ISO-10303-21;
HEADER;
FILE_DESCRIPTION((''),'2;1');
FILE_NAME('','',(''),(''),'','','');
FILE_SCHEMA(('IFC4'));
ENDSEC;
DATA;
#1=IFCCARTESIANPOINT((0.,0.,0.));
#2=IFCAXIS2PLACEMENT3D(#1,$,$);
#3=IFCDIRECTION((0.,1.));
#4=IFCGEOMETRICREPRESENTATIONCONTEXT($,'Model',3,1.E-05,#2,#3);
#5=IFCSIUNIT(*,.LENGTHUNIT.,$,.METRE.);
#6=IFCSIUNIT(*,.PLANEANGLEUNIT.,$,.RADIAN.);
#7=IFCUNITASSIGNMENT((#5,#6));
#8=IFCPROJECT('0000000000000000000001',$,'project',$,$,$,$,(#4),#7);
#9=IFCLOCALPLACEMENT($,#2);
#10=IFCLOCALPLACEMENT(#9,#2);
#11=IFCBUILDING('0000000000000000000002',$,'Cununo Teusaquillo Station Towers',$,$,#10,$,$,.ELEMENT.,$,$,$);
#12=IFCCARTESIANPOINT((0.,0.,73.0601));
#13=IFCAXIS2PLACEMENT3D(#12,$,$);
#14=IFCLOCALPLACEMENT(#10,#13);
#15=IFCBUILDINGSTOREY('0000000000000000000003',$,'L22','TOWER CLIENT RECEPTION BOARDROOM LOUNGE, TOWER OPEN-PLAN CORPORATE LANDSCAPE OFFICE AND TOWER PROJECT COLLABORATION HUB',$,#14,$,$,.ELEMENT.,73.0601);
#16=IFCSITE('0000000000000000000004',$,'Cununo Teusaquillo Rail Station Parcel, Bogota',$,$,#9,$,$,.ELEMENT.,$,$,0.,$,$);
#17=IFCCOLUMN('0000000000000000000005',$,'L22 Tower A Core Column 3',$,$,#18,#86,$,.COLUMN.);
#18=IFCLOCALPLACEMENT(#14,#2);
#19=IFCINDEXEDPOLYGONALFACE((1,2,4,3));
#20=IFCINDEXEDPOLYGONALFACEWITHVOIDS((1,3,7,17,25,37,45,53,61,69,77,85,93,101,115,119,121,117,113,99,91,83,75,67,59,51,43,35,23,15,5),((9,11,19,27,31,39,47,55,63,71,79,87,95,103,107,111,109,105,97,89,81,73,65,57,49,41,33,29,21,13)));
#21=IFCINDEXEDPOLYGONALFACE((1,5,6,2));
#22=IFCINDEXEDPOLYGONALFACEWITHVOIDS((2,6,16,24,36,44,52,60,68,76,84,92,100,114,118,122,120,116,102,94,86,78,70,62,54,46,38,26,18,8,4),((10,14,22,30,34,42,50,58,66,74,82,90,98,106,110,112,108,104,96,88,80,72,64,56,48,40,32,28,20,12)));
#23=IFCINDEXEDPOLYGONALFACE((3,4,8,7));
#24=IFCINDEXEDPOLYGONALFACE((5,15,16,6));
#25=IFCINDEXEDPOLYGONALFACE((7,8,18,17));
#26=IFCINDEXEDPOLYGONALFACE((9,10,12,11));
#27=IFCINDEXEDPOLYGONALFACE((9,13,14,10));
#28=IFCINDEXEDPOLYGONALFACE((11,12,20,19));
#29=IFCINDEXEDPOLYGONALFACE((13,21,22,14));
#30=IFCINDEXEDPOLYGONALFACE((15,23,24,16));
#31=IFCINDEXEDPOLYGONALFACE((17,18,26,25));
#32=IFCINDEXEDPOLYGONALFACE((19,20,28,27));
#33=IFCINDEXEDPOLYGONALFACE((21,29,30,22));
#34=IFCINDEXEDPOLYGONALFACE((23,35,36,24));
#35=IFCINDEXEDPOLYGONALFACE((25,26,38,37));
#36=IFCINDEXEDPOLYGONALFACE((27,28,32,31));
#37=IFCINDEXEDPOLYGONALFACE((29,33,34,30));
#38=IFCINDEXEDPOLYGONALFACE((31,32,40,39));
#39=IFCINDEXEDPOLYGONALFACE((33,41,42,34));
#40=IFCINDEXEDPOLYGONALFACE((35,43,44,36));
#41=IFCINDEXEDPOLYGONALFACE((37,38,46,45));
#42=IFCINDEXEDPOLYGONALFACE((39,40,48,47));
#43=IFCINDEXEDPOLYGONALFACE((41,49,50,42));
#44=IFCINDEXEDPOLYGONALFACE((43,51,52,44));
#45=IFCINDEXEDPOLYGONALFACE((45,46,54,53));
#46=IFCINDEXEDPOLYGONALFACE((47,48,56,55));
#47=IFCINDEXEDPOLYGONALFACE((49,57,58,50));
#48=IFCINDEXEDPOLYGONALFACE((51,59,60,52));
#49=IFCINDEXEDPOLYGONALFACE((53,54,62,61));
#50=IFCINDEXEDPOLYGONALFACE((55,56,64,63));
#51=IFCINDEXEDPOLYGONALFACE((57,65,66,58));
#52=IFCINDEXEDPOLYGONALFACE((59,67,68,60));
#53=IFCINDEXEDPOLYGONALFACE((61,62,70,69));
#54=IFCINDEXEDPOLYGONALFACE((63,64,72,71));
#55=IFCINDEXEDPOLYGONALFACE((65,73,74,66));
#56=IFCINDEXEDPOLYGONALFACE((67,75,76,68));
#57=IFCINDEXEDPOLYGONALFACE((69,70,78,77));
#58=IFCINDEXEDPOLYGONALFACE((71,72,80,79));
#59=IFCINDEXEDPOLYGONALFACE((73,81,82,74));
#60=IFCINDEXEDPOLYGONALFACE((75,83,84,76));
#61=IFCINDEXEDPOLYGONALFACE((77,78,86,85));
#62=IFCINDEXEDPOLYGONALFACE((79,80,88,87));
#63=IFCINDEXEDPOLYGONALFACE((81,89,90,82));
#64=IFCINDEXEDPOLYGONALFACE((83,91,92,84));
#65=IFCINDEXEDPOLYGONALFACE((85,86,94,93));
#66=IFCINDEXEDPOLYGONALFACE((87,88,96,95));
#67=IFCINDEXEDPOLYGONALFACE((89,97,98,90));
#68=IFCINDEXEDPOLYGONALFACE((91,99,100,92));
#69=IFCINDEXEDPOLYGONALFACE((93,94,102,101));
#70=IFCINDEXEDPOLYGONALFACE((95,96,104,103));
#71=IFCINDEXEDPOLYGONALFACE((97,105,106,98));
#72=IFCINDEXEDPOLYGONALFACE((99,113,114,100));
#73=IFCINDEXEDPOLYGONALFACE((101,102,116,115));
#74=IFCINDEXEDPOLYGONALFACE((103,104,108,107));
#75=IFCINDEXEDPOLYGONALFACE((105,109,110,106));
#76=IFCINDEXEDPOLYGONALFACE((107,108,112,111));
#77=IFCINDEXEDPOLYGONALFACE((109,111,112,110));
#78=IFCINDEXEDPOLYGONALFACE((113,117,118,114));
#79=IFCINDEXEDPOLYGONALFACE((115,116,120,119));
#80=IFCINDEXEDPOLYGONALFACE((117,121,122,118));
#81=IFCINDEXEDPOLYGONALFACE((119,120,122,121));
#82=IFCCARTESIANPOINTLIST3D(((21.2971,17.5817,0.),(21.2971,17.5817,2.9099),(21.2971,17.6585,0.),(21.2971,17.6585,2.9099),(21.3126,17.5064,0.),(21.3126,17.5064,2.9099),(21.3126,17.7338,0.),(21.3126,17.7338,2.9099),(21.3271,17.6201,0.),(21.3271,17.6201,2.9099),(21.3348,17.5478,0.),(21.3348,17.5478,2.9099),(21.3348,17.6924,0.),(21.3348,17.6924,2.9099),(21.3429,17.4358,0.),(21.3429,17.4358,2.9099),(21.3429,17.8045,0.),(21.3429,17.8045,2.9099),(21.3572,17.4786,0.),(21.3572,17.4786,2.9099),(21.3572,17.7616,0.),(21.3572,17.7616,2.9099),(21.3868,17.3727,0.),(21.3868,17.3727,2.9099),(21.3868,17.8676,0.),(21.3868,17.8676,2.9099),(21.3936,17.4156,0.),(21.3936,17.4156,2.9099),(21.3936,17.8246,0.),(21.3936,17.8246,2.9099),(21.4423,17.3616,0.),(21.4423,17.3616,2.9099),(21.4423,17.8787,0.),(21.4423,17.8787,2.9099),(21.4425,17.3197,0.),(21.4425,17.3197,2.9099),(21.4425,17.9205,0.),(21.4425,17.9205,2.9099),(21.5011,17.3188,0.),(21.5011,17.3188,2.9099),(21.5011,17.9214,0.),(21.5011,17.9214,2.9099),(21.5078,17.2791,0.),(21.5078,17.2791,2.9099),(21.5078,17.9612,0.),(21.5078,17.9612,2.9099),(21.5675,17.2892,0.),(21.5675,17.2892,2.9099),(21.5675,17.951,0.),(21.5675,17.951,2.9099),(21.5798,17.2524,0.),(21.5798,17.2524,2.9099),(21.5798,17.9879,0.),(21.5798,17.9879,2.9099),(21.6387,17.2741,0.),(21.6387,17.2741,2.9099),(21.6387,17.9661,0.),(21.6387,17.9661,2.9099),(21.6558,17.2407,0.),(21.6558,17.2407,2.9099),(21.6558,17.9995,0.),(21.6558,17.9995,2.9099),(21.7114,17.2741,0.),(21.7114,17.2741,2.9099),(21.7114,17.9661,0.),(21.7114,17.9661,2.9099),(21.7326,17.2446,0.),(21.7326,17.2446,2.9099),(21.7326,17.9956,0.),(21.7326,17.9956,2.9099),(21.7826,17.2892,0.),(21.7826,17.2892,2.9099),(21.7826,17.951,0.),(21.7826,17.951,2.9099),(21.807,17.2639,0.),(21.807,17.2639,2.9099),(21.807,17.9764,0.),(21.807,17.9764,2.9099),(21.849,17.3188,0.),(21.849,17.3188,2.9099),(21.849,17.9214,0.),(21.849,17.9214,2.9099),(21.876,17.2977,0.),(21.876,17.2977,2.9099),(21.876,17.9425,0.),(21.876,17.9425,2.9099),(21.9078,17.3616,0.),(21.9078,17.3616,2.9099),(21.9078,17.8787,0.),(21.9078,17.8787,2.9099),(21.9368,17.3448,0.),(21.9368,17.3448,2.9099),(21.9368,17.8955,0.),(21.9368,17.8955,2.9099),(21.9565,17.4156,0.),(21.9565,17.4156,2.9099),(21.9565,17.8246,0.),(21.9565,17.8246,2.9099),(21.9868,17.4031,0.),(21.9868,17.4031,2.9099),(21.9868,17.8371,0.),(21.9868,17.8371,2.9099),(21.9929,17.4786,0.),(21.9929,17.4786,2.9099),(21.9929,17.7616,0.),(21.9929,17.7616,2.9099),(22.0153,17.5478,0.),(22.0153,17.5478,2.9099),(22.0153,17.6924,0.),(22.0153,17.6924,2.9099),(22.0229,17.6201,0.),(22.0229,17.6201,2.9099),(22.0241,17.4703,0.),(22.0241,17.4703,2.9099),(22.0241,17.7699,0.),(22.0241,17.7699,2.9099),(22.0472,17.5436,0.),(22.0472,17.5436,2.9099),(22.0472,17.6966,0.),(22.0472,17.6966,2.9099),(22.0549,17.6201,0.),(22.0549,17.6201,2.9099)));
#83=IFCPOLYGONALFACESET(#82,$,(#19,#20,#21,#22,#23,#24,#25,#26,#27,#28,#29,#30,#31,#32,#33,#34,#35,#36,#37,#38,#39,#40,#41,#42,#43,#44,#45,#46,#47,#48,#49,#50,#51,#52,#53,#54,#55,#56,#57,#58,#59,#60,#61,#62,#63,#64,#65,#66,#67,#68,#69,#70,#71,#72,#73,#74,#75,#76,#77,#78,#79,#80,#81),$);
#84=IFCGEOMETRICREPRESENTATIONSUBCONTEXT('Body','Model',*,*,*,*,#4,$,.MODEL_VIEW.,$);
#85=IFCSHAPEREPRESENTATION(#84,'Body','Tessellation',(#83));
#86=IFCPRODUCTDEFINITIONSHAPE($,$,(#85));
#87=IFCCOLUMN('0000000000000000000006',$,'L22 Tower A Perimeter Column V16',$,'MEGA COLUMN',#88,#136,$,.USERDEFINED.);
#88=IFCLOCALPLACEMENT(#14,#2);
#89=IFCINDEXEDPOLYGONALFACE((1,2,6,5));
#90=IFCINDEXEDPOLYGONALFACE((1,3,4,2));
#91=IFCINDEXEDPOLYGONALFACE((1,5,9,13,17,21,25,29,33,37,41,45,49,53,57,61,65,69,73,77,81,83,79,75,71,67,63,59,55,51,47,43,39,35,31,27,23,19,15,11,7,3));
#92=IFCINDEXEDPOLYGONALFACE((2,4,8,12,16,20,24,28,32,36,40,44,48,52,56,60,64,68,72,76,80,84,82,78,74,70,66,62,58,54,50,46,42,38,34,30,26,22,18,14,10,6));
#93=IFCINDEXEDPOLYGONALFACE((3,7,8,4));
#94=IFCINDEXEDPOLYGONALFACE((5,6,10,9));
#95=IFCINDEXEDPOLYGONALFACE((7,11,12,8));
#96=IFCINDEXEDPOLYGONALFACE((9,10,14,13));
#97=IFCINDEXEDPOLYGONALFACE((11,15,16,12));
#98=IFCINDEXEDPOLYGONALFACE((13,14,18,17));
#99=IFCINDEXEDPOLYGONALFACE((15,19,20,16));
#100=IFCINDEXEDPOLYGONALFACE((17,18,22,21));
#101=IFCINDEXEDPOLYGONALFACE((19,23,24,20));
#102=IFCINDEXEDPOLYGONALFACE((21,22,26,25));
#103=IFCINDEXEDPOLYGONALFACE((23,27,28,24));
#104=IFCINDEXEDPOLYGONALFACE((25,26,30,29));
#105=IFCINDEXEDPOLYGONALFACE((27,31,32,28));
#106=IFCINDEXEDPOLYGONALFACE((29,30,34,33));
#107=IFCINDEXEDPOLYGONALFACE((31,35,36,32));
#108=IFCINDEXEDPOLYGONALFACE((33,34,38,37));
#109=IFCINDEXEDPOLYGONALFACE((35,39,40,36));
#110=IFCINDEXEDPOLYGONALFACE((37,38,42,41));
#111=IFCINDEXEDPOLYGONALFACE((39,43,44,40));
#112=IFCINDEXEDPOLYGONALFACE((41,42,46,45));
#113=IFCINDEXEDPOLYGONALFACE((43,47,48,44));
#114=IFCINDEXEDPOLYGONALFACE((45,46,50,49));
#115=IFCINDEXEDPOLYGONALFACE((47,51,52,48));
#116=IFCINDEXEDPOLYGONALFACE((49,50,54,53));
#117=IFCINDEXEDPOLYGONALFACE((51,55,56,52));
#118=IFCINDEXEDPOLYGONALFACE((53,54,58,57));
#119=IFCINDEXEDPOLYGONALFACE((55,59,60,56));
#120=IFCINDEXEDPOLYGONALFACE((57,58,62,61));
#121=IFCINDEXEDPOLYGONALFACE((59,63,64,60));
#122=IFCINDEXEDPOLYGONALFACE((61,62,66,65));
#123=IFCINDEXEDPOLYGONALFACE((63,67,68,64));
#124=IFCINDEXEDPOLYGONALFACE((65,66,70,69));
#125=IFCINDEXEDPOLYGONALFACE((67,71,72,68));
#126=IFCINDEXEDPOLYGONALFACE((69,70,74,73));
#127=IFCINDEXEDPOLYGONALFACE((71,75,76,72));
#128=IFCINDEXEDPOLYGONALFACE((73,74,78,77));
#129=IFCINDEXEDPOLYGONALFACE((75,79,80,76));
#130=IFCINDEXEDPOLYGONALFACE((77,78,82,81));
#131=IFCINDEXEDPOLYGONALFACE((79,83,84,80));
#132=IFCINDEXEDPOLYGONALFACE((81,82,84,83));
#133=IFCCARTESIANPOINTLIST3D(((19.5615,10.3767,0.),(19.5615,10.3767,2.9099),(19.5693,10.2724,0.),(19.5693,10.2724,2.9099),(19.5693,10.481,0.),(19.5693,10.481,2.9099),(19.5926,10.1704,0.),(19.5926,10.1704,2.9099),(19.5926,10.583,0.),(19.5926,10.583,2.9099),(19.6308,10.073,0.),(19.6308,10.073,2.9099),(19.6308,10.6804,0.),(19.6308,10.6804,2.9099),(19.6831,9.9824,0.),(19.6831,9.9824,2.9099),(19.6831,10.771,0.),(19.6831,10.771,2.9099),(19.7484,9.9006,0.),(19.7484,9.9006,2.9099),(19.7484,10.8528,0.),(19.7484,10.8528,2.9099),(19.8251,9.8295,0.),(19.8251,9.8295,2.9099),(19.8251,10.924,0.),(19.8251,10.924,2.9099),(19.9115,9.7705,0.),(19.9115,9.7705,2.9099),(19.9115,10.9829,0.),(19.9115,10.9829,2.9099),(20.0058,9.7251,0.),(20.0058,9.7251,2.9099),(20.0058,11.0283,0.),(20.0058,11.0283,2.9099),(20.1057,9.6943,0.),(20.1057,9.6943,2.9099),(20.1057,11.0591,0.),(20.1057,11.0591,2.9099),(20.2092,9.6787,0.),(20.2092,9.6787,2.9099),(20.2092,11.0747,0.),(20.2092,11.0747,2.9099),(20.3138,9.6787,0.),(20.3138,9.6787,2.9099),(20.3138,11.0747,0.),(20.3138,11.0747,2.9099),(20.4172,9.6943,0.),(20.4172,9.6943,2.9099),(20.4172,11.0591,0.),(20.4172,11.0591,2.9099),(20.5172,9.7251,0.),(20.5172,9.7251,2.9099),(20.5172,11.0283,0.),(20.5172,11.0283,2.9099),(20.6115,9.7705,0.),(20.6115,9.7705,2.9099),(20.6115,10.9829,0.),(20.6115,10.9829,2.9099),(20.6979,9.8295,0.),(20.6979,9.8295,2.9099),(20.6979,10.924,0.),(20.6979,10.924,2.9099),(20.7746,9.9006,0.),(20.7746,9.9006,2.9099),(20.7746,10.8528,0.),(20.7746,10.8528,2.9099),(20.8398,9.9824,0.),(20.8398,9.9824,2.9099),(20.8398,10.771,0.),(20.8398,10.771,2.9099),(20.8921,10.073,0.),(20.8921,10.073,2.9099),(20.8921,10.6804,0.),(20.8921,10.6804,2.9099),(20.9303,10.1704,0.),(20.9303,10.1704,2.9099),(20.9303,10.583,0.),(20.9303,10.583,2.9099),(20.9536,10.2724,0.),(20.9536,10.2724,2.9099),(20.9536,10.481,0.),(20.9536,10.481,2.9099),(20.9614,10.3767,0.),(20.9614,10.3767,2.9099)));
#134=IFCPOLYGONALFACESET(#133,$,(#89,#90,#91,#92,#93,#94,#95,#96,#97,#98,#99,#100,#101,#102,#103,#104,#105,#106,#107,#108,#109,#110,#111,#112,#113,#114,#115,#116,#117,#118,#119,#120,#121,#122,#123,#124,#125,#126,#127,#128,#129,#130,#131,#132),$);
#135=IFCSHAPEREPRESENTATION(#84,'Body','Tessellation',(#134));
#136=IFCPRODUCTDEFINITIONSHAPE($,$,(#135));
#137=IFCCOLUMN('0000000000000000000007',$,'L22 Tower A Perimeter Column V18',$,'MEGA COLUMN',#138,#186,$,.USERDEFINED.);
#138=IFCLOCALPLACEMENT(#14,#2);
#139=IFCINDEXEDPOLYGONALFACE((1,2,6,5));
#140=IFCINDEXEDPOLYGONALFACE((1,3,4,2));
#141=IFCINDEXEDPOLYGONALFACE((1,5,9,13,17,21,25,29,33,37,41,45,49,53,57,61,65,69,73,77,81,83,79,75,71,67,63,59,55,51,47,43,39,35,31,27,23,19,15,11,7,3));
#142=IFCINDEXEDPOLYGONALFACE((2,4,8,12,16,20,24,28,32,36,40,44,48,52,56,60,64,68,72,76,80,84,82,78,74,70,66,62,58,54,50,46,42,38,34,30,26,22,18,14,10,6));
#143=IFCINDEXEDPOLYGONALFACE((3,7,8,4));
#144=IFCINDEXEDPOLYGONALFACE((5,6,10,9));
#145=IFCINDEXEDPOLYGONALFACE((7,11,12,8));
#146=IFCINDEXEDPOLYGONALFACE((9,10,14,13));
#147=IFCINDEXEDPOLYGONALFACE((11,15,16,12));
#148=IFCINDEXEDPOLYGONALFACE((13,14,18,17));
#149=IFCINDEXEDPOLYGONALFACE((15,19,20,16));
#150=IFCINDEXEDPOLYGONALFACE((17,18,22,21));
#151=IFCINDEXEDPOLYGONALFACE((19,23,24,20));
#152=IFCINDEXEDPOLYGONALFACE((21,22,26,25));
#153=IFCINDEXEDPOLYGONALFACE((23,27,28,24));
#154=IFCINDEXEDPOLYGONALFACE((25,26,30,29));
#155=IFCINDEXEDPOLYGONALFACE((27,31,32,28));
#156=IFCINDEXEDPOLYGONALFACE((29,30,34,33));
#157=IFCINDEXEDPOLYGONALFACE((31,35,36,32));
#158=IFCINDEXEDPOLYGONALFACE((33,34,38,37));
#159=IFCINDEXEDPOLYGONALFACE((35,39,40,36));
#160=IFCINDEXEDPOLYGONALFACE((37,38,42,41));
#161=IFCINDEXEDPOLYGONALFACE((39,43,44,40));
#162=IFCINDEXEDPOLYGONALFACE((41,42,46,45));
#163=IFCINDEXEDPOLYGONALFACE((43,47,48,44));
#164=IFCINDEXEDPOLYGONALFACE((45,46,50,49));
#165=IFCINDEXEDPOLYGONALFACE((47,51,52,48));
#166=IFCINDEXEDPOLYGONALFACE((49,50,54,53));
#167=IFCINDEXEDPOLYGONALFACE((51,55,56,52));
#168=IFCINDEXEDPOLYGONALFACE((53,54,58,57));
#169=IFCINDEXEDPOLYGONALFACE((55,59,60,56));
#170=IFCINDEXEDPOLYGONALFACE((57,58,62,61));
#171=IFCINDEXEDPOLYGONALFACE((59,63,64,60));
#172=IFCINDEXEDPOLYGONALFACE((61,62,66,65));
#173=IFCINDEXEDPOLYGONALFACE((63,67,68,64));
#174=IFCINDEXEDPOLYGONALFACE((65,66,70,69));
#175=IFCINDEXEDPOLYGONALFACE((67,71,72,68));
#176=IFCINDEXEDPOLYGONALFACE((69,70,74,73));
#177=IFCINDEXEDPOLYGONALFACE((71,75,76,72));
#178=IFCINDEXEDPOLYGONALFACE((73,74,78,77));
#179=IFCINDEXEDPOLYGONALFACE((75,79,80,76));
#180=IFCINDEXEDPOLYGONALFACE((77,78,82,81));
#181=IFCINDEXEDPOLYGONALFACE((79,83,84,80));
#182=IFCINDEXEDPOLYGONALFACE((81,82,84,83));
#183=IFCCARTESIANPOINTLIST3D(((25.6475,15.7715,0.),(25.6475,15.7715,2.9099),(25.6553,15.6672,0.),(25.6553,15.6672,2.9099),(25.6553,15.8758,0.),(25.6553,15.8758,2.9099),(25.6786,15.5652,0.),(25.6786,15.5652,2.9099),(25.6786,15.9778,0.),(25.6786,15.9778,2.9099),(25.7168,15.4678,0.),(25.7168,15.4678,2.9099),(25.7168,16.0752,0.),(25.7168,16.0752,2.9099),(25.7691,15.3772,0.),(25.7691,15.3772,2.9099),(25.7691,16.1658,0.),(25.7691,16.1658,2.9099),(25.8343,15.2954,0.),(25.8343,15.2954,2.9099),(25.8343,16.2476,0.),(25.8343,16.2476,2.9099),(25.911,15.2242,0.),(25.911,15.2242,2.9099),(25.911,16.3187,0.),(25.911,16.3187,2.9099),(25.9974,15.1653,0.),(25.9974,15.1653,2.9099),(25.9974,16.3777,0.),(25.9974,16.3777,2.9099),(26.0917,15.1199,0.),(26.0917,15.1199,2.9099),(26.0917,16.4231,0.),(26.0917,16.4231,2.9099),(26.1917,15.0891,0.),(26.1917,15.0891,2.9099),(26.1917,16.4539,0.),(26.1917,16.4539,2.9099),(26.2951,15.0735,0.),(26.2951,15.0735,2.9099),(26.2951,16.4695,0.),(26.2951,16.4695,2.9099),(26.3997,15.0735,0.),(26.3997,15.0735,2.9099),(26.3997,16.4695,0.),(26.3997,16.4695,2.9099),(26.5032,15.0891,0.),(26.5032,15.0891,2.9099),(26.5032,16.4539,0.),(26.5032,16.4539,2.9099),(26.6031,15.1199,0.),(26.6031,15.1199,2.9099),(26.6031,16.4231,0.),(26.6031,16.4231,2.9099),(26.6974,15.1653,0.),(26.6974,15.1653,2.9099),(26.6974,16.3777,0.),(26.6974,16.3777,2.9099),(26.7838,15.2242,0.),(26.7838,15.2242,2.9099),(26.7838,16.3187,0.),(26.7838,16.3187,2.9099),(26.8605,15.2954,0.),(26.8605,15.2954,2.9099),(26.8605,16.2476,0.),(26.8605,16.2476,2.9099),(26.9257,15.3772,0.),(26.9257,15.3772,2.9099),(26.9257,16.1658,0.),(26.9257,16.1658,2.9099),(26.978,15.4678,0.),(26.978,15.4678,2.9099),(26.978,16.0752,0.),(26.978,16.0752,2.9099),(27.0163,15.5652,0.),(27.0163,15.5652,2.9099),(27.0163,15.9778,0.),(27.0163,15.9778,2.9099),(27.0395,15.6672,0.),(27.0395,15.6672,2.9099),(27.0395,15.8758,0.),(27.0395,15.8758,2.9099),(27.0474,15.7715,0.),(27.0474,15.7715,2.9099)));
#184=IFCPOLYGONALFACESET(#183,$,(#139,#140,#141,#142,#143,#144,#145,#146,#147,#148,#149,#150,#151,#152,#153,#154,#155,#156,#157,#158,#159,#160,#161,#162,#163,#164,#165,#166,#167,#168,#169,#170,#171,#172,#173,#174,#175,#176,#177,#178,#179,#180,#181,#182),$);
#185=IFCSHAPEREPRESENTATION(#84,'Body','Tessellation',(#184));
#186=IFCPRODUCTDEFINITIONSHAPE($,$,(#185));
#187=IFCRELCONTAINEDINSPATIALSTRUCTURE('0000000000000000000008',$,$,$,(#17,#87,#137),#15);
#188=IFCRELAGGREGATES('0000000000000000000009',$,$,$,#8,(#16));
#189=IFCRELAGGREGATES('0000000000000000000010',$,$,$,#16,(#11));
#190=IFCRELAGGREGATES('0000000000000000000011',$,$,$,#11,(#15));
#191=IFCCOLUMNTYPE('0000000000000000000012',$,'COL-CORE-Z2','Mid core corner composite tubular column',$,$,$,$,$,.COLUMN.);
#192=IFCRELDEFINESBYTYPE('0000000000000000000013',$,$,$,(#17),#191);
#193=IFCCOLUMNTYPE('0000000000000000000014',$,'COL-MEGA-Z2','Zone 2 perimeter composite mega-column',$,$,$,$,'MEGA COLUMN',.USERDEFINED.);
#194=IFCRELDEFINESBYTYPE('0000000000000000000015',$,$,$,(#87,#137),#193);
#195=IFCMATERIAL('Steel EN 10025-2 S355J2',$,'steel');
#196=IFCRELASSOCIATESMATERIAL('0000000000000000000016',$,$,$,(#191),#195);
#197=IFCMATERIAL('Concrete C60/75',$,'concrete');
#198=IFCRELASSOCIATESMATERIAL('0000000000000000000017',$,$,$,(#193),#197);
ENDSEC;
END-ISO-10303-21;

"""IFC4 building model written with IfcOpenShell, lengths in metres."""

from ifc_helpers import new_model, si_unit, direction, frame, origin, origin_2d, place, context, subcontext, project, spatial, circle, hollow_circle, extrude, material, material_profile, profile_set, type_object, element, save


model = new_model("IFC4")

# Units and contexts
model_context = context("Model", 3, precision=1e-05, world=origin(), true_north=direction((0.0, 1.0)))
body_context = subcontext(model_context, "Body", "Model", "MODEL_VIEW")
ifc_project = project(units=[si_unit("LENGTHUNIT", "METRE"), si_unit("PLANEANGLEUNIT", "RADIAN")], contexts=[model_context])

# Site, building, storey
site_placement = place(None, origin())
site = spatial("IfcSite", under=ifc_project, at=site_placement, Name="Cununo Teusaquillo Rail Station Parcel, Bogota", CompositionType="ELEMENT", RefElevation=0.0)
building_placement = place(site_placement, origin())
building = spatial("IfcBuilding", under=site, at=building_placement, Name="Cununo Teusaquillo Station Towers", CompositionType="ELEMENT")
storey_placement = place(building_placement, frame((0.0, 0.0, 73.0601)))
storey = spatial("IfcBuildingStorey", under=building, at=storey_placement, Name="L22", Description="TOWER CLIENT RECEPTION BOARDROOM LOUNGE, TOWER OPEN-PLAN CORPORATE LANDSCAPE OFFICE AND TOWER PROJECT COLLABORATION HUB", CompositionType="ELEMENT", Elevation=73.0601)

# Columns
ifc_material_1 = material(Name="Steel EN 10025-2 S355J2", Category="steel")
ifc_material_profile_1 = material_profile(ifc_material_1, hollow_circle(Radius=0.3799, WallThickness=0.032, at=origin_2d()), Name="CHS 760x32")
ifc_profile_set_1 = profile_set([ifc_material_profile_1], Name="Steel EN 10025-2 S355J2")
column_type_1 = type_object("IfcColumnType", Name="COL-CORE-Z2", Description="Mid core corner composite tubular column", PredefinedType="COLUMN", material=ifc_profile_set_1)
column_placement = place(storey_placement, frame((21.675, 17.6201, 0.0), z_axis=(0.0, 0.0, 1.0), x_axis=(1.0, 0.0, 0.0)))
element("IfcColumn", 1, at=column_placement, inside=storey, type_object=column_type_1, Name="L22 Tower A Core Column 3", PredefinedType="COLUMN", context=body_context, shape_type="SweptSolid", body=[
    extrude(hollow_circle(Radius=0.3799, WallThickness=0.032, at=origin_2d()), origin(), (0.0, 0.0, 1.0), 2.9099),
])
ifc_material_2 = material(Name="Concrete C60/75", Category="concrete")
ifc_material_profile_2 = material_profile(ifc_material_2, circle(Radius=0.7, at=origin_2d()), Name="RC-CIRC-1400")
ifc_profile_set_2 = profile_set([ifc_material_profile_2], Name="Concrete C60/75")
column_type_2 = type_object("IfcColumnType", Name="COL-MEGA-Z2", Description="Zone 2 perimeter composite mega-column", ElementType="MEGA COLUMN", PredefinedType="USERDEFINED", material=ifc_profile_set_2)
for number, where, z_axis, x_axis, name in (
    (2, (20.2615, 10.3767, 0.0), (0.0, 0.0, 1.0), (1.0, 0.0, 0.0), "L22 Tower A Perimeter Column V16"),
    (3, (26.3474, 15.7715, 0.0), (0.0, 0.0, 1.0), (1.0, 0.0, 0.0), "L22 Tower A Perimeter Column V18"),
):
    element("IfcColumn", number, at=place(storey_placement, frame(where, z_axis=z_axis, x_axis=x_axis)), inside=storey, type_object=column_type_2, Name=name, ObjectType="MEGA COLUMN", PredefinedType="USERDEFINED", context=body_context, shape_type="SweptSolid", body=[
        extrude(circle(Radius=0.7, at=origin_2d()), origin(), (0.0, 0.0, 1.0), 2.9099),
    ])

save(model, "model.ifc")
